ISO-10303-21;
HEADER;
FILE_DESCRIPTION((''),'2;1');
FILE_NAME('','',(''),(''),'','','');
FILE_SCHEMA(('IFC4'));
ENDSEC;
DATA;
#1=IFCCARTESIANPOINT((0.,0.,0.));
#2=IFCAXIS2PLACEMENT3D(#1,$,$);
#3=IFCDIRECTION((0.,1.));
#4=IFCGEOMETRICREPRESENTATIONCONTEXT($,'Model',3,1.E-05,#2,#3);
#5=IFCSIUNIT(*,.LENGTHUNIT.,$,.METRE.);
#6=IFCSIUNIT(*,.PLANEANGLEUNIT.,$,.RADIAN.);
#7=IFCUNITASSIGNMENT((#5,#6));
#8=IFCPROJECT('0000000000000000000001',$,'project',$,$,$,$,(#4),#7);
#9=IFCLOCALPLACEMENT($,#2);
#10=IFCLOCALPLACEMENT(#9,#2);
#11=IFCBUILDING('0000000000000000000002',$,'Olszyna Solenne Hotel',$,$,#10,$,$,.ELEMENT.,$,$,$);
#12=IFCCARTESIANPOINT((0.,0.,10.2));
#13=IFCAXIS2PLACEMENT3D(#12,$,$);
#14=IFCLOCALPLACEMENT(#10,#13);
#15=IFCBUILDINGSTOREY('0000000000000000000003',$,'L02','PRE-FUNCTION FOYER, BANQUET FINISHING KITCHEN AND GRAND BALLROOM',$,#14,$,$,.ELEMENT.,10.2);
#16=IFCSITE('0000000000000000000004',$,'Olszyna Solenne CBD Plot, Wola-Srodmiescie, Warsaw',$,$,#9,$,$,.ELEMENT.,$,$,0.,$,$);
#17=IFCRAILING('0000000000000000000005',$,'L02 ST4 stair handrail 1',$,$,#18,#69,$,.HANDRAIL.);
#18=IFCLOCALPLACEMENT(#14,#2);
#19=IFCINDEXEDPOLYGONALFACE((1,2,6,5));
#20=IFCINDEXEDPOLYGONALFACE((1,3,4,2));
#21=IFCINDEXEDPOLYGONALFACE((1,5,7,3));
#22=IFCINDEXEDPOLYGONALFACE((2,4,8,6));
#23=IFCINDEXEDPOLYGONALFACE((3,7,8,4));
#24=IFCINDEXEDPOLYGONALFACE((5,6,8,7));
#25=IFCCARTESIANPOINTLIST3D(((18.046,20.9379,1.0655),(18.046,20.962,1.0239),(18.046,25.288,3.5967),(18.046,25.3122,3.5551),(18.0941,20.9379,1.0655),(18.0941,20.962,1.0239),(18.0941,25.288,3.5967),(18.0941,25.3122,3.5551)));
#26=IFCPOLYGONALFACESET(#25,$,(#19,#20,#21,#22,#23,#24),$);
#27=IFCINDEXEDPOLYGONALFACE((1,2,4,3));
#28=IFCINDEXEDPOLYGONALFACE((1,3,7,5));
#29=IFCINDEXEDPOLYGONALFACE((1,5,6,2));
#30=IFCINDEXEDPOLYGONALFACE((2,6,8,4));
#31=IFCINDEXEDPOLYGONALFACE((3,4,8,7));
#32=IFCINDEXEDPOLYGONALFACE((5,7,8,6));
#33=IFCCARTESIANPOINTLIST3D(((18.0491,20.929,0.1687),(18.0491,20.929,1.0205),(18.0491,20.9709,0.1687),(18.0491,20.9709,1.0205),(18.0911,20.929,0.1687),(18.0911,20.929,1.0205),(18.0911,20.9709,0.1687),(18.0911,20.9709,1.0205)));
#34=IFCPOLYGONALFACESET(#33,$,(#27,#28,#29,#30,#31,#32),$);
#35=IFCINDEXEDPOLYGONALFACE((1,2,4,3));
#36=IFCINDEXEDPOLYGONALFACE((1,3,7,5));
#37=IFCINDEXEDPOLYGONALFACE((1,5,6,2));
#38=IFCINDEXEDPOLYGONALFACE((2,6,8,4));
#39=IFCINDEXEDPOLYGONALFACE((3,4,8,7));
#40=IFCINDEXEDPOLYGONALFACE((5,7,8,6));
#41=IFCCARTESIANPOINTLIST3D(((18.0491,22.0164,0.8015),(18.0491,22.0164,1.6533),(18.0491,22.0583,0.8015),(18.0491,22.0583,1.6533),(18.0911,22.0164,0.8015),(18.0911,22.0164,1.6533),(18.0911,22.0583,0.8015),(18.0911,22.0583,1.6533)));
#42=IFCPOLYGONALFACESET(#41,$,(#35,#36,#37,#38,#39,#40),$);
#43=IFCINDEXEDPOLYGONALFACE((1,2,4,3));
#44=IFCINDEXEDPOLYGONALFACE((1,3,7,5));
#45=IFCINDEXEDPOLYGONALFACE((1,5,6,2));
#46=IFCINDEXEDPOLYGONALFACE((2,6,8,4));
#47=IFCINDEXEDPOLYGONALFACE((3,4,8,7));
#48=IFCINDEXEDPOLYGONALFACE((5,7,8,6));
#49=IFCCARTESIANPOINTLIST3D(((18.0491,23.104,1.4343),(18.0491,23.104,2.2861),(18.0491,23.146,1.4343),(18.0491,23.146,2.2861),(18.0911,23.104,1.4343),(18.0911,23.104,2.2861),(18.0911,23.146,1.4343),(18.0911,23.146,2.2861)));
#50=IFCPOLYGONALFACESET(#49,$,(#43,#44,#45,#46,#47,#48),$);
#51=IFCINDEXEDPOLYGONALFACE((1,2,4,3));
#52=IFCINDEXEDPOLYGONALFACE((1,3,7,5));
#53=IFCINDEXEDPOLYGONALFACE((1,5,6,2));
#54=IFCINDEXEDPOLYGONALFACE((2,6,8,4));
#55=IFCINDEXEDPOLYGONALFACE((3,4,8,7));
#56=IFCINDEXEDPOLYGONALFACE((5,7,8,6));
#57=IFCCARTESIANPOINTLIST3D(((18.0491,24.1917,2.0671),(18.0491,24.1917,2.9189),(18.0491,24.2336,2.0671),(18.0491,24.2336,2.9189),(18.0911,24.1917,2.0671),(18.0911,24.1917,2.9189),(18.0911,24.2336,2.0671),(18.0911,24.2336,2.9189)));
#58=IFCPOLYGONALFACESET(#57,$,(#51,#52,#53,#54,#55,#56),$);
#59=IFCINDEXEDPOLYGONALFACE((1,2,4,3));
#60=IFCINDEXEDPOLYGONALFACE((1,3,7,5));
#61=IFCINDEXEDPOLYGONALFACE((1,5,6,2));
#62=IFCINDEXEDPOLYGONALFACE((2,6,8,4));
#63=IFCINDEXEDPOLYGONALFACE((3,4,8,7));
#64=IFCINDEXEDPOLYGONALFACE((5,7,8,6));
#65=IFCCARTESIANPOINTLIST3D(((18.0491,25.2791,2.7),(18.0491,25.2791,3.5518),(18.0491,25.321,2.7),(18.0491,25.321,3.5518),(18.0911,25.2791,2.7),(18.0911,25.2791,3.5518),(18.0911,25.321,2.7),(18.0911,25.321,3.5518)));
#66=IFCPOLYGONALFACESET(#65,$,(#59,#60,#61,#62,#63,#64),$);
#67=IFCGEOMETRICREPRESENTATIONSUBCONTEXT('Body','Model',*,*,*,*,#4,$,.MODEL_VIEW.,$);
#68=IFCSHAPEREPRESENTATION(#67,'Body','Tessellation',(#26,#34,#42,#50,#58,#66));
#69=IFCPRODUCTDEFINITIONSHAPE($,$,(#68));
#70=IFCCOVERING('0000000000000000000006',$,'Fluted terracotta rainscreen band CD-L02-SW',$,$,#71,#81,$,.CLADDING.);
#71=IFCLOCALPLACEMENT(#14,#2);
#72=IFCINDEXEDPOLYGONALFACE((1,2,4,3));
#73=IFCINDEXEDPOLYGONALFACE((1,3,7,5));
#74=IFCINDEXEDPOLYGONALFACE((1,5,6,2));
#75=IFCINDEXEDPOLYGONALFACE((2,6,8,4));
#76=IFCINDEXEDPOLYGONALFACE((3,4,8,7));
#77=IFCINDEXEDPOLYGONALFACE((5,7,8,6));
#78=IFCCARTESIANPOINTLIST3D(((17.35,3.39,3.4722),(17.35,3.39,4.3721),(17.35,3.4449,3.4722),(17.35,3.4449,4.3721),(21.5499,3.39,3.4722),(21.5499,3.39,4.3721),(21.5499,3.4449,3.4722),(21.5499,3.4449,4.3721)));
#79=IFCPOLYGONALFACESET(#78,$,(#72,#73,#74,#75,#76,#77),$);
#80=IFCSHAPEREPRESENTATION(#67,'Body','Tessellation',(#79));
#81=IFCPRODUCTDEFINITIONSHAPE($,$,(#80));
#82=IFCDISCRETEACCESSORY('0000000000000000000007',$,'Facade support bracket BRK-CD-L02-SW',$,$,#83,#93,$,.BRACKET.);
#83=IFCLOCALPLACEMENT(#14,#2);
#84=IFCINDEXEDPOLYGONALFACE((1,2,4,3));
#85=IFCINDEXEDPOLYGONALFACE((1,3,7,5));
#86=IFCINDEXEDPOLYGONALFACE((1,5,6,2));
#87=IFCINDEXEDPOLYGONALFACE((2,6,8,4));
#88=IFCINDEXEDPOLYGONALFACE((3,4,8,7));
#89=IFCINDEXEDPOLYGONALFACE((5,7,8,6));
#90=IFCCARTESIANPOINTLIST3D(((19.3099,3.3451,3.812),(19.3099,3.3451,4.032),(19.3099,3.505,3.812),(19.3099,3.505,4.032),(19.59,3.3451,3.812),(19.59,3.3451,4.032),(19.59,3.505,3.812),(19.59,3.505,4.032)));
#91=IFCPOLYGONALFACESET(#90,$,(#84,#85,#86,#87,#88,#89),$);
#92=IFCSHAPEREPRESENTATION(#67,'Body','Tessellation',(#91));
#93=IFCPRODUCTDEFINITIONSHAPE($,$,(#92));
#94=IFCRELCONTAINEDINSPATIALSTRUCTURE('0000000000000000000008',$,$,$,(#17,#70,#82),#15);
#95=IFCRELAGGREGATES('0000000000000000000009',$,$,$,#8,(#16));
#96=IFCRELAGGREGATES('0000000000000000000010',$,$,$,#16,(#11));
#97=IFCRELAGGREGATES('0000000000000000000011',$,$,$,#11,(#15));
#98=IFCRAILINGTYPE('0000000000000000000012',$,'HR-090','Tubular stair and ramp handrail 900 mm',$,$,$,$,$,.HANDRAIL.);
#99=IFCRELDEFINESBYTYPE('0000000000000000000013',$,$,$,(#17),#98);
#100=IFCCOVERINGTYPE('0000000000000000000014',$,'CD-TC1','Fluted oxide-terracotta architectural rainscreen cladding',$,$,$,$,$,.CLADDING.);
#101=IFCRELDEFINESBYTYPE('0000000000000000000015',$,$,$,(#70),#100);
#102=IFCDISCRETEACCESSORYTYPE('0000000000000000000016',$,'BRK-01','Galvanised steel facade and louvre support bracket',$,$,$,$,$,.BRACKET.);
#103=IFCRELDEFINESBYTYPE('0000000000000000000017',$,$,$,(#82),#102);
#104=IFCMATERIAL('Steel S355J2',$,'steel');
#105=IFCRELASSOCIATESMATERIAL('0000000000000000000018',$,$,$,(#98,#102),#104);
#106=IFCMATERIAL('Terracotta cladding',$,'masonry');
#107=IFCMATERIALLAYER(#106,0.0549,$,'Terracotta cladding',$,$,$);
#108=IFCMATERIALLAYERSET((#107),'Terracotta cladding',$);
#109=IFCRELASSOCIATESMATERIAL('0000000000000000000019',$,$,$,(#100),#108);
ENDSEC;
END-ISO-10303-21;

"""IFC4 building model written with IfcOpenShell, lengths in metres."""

from ifc_helpers import new_model, si_unit, direction, frame, origin, origin_2d, place, context, subcontext, project, spatial, rectangle, extrude, source, transform, mapped, material, layer, layer_set, type_object, element, save


model = new_model("IFC4")

# Units and contexts
model_context = context("Model", 3, precision=1e-05, world=origin(), true_north=direction((0.0, 1.0)))
body_context = subcontext(model_context, "Body", "Model", "MODEL_VIEW")
ifc_project = project(units=[si_unit("LENGTHUNIT", "METRE"), si_unit("PLANEANGLEUNIT", "RADIAN")], contexts=[model_context])

# Site, building, storey
site_placement = place(None, origin())
site = spatial("IfcSite", under=ifc_project, at=site_placement, Name="Olszyna Solenne CBD Plot, Wola-Srodmiescie, Warsaw", CompositionType="ELEMENT", RefElevation=0.0)
building_placement = place(site_placement, origin())
building = spatial("IfcBuilding", under=site, at=building_placement, Name="Olszyna Solenne Hotel", CompositionType="ELEMENT")
storey_placement = place(building_placement, frame((0.0, 0.0, 10.2)))
storey = spatial("IfcBuildingStorey", under=building, at=storey_placement, Name="L02", Description="PRE-FUNCTION FOYER, BANQUET FINISHING KITCHEN AND GRAND BALLROOM", CompositionType="ELEMENT", Elevation=10.2)

# Shared definitions
ifc_material_1 = material(Name="Steel S355J2", Category="steel")

# Railing
railing_type_1 = type_object("IfcRailingType", Name="HR-090", Description="Tubular stair and ramp handrail 900 mm", PredefinedType="HANDRAIL", material=ifc_material_1)
railing_1_placement = place(storey_placement, frame((18.0701, 20.95, 0.1687)))
element("IfcRailing", 1, at=railing_1_placement, inside=storey, type_object=railing_type_1, Name="L02 ST4 stair handrail 1", PredefinedType="HANDRAIL", context=body_context, shape_type="SweptSolid", body=[
    extrude(rectangle(XDim=0.0481, YDim=0.0481, at=origin_2d()), frame((0.0, 0.0, 0.876), z_axis=(0.0, 0.864324, 0.502936), x_axis=(-1.0, 0.0, 0.0)), (0.0, 0.0, 1.0), 5.033),
    extrude(rectangle(XDim=0.042, YDim=0.042, at=origin_2d()), origin(), (0.0, 0.0, 1.0), 0.8518),
    extrude(rectangle(XDim=0.042, YDim=0.042, at=origin_2d()), frame((0.0, 1.0874, 0.6328)), (0.0, 0.0, 1.0), 0.8518),
    extrude(rectangle(XDim=0.042, YDim=0.042, at=origin_2d()), frame((0.0, 2.175, 1.2656)), (0.0, 0.0, 1.0), 0.8518),
    extrude(rectangle(XDim=0.042, YDim=0.042, at=origin_2d()), frame((0.0, 3.2627, 1.8984)), (0.0, 0.0, 1.0), 0.8518),
    extrude(rectangle(XDim=0.042, YDim=0.042, at=origin_2d()), frame((0.0, 4.3501, 2.5312)), (0.0, 0.0, 1.0), 0.8518),
])

# Covering
ifc_material_2 = material(Name="Terracotta cladding", Category="masonry")
ifc_layer_1 = layer(ifc_material_2, 0.0549, Name="Terracotta cladding")
ifc_layer_set_1 = layer_set([ifc_layer_1], Name="Terracotta cladding")
covering_type = type_object("IfcCoveringType", Name="CD-TC1", Description="Fluted oxide-terracotta architectural rainscreen cladding", PredefinedType="CLADDING", material=ifc_layer_set_1)
shared_shape_1 = source(origin(), body_context, "Body", "SweptSolid", [
    extrude(rectangle(XDim=4.2, YDim=0.0549, at=origin_2d()), origin(), (0.0, 0.0, 1.0), 0.8999),
])
covering_placement = place(storey_placement, frame((19.45, 3.4175, 3.4722), z_axis=(0.0, 0.0, 1.0), x_axis=(-1.0, 0.0, 0.0)))
element("IfcCovering", 2, at=covering_placement, inside=storey, type_object=covering_type, Name="Fluted terracotta rainscreen band CD-L02-SW", PredefinedType="CLADDING", context=body_context, shape_type="MappedRepresentation", body=[
    mapped(shared_shape_1, transform((0.0, 0.0, 0.0), x_axis=(1.0, 0.0, 0.0), y_axis=(0.0, 1.0, 0.0), z_axis=(0.0, 0.0, 1.0), scale=1.0)),
])

# Discrete accessory
discrete_accessory_type = type_object("IfcDiscreteAccessoryType", Name="BRK-01", Description="Galvanised steel facade and louvre support bracket", PredefinedType="BRACKET", material=ifc_material_1)
shared_shape_2 = source(origin(), body_context, "Body", "SweptSolid", [
    extrude(rectangle(XDim=0.28, YDim=0.1599, at=origin_2d()), origin(), (0.0, 0.0, 1.0), 0.22),
])
discrete_accessory_placement = place(storey_placement, frame((19.45, 3.425, 3.812), z_axis=(0.0, 0.0, 1.0), x_axis=(-1.0, 0.0, 0.0)))
element("IfcDiscreteAccessory", 3, at=discrete_accessory_placement, inside=storey, type_object=discrete_accessory_type, Name="Facade support bracket BRK-CD-L02-SW", PredefinedType="BRACKET", context=body_context, shape_type="MappedRepresentation", body=[
    mapped(shared_shape_2, transform((0.0, 0.0, 0.0), x_axis=(1.0, 0.0, 0.0), y_axis=(0.0, 1.0, 0.0), z_axis=(0.0, 0.0, 1.0), scale=1.0)),
])

save(model, "model.ifc")
